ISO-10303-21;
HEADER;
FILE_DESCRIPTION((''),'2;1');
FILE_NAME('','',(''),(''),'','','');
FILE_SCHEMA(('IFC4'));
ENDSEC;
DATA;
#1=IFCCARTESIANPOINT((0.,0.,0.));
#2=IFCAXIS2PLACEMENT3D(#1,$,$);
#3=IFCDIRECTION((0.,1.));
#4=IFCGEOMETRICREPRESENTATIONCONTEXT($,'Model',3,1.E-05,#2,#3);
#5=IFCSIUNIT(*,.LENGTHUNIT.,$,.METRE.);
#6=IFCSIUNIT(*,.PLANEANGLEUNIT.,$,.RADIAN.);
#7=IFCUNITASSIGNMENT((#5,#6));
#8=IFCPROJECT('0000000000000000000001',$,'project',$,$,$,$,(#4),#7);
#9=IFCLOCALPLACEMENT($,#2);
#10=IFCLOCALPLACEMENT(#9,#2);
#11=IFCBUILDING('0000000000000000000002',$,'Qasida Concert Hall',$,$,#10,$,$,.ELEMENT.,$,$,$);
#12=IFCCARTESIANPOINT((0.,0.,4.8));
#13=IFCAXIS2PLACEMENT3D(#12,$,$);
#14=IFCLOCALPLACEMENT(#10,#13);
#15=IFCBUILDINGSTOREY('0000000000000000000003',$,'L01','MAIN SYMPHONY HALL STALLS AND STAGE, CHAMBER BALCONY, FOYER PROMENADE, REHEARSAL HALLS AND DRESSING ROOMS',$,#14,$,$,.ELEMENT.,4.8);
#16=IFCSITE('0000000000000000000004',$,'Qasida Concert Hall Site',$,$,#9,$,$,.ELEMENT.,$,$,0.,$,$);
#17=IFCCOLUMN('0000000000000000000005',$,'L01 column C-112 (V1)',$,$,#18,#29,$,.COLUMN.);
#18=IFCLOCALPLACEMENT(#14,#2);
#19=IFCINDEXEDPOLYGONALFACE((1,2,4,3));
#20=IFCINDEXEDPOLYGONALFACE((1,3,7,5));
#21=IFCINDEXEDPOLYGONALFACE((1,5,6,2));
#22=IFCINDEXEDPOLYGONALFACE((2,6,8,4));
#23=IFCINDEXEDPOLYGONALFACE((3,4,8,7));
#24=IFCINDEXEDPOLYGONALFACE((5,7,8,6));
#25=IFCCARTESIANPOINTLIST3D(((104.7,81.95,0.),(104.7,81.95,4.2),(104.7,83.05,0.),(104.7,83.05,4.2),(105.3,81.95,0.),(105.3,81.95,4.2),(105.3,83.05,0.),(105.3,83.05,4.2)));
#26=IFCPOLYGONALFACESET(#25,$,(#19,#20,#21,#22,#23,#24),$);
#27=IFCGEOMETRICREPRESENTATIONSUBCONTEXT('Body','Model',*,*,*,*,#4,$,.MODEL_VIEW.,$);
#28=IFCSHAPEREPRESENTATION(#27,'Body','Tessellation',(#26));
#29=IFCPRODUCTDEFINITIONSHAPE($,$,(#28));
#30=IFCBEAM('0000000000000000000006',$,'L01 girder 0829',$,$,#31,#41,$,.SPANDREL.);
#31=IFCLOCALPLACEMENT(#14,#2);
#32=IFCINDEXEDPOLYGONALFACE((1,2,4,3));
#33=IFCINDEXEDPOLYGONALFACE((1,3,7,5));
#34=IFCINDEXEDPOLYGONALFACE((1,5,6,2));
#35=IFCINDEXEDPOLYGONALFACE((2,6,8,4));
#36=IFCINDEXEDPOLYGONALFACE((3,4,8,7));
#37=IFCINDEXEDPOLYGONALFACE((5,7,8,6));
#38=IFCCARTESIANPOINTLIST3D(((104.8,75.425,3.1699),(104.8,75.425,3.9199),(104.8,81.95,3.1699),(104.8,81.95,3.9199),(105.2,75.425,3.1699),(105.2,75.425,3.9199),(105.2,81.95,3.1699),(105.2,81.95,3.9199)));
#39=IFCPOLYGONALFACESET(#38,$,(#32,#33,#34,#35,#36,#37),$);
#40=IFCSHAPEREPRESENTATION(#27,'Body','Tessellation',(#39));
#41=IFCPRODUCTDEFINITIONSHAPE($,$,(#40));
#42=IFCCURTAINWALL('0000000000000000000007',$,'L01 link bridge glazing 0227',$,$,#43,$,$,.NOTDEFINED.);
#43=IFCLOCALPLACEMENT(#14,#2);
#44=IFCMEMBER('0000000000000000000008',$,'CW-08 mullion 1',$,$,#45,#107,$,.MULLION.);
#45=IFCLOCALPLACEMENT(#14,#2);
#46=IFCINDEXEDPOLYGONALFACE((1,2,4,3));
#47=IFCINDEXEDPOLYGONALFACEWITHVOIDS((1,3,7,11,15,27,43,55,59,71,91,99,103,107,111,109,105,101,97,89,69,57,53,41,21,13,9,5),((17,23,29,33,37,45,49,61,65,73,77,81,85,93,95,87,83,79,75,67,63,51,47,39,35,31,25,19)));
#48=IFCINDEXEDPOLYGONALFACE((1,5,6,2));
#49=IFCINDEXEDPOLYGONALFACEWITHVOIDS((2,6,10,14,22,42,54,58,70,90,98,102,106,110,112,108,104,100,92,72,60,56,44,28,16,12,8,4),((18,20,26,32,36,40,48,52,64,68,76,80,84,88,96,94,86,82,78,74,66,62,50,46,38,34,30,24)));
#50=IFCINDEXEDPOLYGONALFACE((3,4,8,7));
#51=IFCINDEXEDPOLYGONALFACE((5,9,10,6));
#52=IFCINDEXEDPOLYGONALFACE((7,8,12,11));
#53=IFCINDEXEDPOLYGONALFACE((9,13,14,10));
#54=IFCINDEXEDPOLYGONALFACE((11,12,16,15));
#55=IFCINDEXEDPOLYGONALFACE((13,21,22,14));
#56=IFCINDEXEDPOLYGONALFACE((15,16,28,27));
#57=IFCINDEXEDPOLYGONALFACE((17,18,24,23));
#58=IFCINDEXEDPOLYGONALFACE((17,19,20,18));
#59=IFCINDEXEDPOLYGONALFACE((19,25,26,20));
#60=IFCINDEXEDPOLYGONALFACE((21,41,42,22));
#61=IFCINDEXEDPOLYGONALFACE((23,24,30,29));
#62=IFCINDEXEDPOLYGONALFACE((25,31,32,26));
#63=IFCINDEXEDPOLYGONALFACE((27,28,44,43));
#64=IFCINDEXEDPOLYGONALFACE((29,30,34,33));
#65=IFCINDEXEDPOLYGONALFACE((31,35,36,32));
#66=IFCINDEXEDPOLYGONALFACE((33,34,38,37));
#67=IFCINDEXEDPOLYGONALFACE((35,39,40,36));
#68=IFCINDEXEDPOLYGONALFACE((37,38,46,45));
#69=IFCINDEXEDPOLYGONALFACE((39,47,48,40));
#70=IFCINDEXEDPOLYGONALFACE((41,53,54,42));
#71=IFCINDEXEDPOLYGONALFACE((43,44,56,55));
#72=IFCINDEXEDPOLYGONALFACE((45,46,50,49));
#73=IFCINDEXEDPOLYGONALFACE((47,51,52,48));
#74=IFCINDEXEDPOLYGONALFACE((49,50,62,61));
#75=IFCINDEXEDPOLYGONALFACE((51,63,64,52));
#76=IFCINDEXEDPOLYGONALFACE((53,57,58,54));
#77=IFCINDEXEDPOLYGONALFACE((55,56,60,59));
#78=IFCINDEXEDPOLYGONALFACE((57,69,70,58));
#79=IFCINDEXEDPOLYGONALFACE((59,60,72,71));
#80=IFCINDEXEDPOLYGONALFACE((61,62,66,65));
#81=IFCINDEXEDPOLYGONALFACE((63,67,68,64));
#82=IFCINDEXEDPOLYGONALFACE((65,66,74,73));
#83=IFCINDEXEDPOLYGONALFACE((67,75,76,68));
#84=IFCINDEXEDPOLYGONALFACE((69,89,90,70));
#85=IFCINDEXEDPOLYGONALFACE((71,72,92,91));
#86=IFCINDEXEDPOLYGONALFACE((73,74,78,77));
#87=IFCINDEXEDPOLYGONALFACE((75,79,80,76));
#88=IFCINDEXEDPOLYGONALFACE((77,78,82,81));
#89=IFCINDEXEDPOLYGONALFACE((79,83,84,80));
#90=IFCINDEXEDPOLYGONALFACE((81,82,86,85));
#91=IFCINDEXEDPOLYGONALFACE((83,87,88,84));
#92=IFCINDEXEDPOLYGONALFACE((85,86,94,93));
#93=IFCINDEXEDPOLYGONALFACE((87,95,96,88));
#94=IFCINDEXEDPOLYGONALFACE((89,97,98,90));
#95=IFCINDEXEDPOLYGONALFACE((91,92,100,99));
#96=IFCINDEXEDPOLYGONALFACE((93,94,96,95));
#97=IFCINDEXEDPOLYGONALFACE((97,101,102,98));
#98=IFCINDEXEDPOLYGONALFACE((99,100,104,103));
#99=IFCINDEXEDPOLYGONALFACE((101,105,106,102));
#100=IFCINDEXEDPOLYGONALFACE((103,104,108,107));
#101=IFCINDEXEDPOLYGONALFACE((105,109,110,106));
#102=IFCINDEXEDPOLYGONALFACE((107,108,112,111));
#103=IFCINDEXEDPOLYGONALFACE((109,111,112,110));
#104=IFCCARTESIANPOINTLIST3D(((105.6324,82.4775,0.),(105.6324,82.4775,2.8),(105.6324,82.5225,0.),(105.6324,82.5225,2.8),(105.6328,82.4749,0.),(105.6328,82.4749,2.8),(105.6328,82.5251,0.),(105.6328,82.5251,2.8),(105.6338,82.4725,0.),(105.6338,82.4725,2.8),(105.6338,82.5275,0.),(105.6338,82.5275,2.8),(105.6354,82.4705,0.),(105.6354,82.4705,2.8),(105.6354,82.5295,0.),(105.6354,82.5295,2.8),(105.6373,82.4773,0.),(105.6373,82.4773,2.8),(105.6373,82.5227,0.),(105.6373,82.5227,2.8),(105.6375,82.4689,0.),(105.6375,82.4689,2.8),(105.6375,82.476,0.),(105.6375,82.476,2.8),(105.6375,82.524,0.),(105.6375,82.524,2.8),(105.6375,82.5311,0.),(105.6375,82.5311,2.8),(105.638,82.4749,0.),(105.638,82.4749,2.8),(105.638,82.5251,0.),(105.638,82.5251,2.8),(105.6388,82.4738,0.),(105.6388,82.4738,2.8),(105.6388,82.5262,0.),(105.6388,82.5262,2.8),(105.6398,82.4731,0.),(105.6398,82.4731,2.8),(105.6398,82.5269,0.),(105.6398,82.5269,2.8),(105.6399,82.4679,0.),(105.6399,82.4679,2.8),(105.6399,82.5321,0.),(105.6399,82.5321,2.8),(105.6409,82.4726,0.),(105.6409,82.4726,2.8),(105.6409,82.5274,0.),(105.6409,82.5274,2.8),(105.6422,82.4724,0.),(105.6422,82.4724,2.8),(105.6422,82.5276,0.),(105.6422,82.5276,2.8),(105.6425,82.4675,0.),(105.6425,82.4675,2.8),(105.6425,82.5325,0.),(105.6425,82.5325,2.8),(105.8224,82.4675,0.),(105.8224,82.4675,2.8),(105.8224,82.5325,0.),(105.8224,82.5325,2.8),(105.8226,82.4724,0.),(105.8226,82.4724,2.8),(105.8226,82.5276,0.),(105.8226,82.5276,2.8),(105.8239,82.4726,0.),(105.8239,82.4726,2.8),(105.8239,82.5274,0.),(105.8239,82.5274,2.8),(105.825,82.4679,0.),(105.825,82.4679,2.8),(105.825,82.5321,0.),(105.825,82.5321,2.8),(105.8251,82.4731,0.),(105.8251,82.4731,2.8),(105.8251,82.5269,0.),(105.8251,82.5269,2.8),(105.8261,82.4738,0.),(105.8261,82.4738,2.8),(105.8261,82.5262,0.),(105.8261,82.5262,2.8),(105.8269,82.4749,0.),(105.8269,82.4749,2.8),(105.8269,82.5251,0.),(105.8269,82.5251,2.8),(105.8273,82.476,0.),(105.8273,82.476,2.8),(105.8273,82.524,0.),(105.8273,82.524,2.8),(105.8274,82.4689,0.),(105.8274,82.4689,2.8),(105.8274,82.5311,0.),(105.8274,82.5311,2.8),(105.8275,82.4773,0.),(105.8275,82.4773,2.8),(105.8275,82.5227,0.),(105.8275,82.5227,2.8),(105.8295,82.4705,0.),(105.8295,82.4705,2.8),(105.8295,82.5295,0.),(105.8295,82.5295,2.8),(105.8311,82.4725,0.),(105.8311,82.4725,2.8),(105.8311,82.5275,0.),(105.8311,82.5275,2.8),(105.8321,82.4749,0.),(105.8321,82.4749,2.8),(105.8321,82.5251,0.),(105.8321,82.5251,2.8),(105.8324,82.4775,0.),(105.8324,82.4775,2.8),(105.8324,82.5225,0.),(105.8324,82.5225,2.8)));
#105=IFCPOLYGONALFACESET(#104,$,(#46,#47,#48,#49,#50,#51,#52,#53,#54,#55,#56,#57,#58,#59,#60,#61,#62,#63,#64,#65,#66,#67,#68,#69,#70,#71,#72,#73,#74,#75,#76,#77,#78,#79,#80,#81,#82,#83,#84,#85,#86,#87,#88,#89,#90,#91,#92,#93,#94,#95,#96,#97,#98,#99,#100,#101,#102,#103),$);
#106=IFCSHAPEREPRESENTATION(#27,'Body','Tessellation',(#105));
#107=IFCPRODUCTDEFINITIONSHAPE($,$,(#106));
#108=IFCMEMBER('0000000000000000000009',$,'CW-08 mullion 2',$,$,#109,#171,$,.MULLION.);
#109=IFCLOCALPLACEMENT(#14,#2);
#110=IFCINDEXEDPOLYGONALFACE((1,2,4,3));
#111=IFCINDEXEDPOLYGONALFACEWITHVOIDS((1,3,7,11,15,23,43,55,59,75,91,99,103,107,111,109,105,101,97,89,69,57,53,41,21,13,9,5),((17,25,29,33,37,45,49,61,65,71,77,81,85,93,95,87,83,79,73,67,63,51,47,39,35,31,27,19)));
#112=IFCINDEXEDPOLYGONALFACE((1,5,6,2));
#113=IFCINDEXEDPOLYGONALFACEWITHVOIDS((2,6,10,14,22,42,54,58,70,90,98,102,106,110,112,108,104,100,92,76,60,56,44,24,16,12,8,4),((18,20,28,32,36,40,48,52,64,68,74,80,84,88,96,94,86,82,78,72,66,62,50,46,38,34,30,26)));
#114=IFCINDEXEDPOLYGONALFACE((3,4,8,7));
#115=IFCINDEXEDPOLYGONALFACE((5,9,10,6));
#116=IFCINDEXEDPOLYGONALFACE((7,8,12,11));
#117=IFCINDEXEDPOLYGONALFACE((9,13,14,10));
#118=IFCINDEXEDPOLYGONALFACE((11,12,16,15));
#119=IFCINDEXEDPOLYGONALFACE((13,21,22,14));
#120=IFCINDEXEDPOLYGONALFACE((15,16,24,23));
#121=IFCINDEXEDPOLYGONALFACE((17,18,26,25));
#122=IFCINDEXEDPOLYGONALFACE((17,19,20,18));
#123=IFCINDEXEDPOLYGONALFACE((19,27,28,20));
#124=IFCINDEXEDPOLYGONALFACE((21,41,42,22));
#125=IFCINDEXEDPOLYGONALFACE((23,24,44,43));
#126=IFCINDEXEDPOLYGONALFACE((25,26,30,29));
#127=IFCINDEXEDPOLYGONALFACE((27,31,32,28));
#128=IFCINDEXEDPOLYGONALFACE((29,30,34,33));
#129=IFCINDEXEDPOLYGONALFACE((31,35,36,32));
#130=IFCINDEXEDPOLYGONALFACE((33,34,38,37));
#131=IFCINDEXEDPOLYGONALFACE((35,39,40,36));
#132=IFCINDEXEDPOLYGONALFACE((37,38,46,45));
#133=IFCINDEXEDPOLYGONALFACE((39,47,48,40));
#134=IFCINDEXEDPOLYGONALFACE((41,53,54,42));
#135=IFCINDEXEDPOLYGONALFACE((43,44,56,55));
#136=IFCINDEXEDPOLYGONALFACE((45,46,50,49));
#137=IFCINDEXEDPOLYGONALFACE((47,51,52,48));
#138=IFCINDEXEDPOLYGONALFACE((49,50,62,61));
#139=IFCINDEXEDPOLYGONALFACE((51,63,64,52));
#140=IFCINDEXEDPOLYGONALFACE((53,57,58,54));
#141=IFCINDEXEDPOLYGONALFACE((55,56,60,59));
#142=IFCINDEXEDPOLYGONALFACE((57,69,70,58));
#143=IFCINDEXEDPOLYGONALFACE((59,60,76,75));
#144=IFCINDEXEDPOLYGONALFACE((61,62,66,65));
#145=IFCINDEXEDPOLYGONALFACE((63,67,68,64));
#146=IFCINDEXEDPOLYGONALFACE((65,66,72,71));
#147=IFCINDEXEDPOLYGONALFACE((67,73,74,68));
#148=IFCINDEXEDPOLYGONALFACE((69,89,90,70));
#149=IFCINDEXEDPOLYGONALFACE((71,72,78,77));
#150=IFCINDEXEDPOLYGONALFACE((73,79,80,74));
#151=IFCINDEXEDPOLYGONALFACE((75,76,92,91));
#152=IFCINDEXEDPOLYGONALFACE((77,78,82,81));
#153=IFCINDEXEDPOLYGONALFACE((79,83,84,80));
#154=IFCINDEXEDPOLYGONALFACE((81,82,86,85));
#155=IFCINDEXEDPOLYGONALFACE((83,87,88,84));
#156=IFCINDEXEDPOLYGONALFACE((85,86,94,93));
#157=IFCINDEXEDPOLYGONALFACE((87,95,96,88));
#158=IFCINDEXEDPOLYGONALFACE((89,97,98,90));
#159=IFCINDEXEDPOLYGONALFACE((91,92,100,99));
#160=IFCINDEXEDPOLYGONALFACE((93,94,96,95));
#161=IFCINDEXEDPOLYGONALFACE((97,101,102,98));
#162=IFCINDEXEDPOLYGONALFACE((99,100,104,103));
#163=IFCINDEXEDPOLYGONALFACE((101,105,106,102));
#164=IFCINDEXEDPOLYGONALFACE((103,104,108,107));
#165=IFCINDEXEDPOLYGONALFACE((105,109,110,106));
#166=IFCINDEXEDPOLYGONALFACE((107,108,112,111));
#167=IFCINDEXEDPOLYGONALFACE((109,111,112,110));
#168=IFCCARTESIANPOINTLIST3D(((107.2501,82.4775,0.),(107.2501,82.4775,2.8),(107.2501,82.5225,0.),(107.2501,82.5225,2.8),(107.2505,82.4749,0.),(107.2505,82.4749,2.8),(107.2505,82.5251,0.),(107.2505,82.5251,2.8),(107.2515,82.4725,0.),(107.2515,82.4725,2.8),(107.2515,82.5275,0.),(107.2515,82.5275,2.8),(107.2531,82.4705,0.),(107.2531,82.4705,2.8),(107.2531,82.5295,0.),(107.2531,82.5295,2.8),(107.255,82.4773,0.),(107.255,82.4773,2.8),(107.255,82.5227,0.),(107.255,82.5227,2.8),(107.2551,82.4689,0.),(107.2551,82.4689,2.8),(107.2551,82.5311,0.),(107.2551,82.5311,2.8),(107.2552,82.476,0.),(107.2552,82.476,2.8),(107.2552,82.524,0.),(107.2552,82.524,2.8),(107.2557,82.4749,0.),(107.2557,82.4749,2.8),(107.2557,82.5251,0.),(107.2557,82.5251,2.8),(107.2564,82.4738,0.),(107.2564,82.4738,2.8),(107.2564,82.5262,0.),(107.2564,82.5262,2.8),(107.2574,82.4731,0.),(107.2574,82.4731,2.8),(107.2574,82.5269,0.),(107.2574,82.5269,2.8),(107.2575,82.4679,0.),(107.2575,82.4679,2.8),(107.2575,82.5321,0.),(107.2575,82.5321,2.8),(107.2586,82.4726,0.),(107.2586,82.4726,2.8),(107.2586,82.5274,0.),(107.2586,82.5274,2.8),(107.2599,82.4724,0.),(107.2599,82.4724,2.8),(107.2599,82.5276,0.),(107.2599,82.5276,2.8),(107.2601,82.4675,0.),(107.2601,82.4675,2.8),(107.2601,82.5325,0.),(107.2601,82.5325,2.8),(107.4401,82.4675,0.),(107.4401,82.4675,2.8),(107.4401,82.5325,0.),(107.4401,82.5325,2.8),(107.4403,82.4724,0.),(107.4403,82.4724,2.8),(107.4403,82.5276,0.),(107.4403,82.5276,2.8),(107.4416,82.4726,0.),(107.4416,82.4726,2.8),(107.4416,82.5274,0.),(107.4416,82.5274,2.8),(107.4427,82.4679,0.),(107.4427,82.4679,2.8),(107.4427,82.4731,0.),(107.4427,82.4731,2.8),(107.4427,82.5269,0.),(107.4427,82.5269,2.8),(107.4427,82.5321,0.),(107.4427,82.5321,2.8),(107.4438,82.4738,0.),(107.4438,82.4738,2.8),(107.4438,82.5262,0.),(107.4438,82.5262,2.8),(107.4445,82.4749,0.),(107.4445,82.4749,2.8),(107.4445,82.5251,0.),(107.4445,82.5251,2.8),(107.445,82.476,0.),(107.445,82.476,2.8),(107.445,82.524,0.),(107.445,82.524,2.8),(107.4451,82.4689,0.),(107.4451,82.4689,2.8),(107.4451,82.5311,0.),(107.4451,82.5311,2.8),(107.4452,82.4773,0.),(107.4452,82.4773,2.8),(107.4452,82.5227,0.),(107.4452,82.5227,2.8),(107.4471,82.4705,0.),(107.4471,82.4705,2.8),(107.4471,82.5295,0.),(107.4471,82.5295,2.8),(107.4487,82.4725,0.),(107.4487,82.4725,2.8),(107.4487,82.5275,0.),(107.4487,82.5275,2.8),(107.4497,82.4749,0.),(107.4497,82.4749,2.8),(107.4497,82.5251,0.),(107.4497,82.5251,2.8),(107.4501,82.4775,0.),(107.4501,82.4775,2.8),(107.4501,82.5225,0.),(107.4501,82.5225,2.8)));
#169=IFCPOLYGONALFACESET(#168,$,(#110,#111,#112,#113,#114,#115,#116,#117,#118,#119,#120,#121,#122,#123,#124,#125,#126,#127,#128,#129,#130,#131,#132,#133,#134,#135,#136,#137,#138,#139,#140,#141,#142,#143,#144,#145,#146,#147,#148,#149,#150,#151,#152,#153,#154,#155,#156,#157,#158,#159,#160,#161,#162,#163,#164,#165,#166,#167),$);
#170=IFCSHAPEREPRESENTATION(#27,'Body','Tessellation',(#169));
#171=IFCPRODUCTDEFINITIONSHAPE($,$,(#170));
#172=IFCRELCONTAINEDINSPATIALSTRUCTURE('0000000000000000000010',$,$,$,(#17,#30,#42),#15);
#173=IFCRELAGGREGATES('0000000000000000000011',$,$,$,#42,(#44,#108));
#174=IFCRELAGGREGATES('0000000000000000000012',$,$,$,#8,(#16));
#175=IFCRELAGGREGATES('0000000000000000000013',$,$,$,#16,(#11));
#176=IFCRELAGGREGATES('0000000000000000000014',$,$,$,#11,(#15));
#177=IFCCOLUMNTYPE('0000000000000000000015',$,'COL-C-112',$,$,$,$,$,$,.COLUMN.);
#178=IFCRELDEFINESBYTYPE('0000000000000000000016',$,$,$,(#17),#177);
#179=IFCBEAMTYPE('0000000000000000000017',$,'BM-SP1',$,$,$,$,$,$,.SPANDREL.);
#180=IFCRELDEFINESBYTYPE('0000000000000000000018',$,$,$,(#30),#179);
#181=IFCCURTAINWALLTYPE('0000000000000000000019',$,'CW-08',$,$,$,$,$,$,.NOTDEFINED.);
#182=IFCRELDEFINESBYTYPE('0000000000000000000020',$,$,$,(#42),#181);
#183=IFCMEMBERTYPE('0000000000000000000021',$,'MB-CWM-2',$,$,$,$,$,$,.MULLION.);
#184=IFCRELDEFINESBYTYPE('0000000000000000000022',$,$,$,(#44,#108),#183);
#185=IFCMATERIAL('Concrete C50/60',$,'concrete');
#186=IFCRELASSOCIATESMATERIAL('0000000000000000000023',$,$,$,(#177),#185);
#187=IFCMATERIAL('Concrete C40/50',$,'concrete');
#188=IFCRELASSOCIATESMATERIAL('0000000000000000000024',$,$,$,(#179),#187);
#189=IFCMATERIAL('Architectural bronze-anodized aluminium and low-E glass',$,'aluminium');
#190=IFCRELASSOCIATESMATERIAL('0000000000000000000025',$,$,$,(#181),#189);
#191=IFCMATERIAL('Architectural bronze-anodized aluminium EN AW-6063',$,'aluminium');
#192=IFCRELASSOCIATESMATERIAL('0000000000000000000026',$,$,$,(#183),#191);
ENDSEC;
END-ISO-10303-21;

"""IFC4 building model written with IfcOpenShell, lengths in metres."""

from ifc_helpers import new_model, si_unit, direction, frame, origin, origin_2d, place, context, subcontext, project, spatial, rectangle, hollow_rectangle, extrude, material, material_profile, profile_set, type_object, element, aggregate, save


model = new_model("IFC4")

# Units and contexts
model_context = context("Model", 3, precision=1e-05, world=origin(), true_north=direction((0.0, 1.0)))
body_context = subcontext(model_context, "Body", "Model", "MODEL_VIEW")
ifc_project = project(units=[si_unit("LENGTHUNIT", "METRE"), si_unit("PLANEANGLEUNIT", "RADIAN")], contexts=[model_context])

# Site, building, storey
site_placement = place(None, origin())
site = spatial("IfcSite", under=ifc_project, at=site_placement, Name="Qasida Concert Hall Site", CompositionType="ELEMENT", RefElevation=0.0)
building_placement = place(site_placement, origin())
building = spatial("IfcBuilding", under=site, at=building_placement, Name="Qasida Concert Hall", CompositionType="ELEMENT")
storey_placement = place(building_placement, frame((0.0, 0.0, 4.8)))
storey = spatial("IfcBuildingStorey", under=building, at=storey_placement, Name="L01", Description="MAIN SYMPHONY HALL STALLS AND STAGE, CHAMBER BALCONY, FOYER PROMENADE, REHEARSAL HALLS AND DRESSING ROOMS", CompositionType="ELEMENT", Elevation=4.8)

# Column
ifc_material_1 = material(Name="Concrete C50/60", Category="concrete")
ifc_material_profile_1 = material_profile(ifc_material_1, rectangle(XDim=0.6001, YDim=1.1001, at=origin_2d()), Name="RC 600x1100")
ifc_profile_set_1 = profile_set([ifc_material_profile_1], Name="Concrete C50/60")
column_type = type_object("IfcColumnType", Name="COL-C-112", PredefinedType="COLUMN", material=ifc_profile_set_1)
column_placement = place(storey_placement, frame((105.0, 82.5, 0.0), z_axis=(0.0, 0.0, 1.0), x_axis=(1.0, 0.0, 0.0)))
element("IfcColumn", 1, at=column_placement, inside=storey, type_object=column_type, Name="L01 column C-112 (V1)", PredefinedType="COLUMN", context=body_context, shape_type="SweptSolid", body=[
    extrude(rectangle(XDim=0.6001, YDim=1.1001, at=origin_2d()), origin(), (0.0, 0.0, 1.0), 4.2),
])

# Beam
ifc_material_2 = material(Name="Concrete C40/50", Category="concrete")
ifc_material_profile_2 = material_profile(ifc_material_2, rectangle(XDim=0.3999, YDim=0.75, at=origin_2d()), Name="RC 400x750")
ifc_profile_set_2 = profile_set([ifc_material_profile_2], Name="Concrete C40/50")
beam_type = type_object("IfcBeamType", Name="BM-SP1", PredefinedType="SPANDREL", material=ifc_profile_set_2)
beam_placement = place(storey_placement, frame((105.0, 75.425, 3.5449), z_axis=(0.0, 1.0, 0.0), x_axis=(-1.0, 0.0, 0.0)))
element("IfcBeam", 2, at=beam_placement, inside=storey, type_object=beam_type, Name="L01 girder 0829", PredefinedType="SPANDREL", context=body_context, shape_type="SweptSolid", body=[
    extrude(rectangle(XDim=0.3999, YDim=0.75, at=origin_2d()), origin(), (0.0, 0.0, 1.0), 6.5249),
])

# Curtain wall, members
ifc_material_3 = material(Name="Architectural bronze-anodized aluminium and low-E glass", Category="aluminium")
curtain_wall_type = type_object("IfcCurtainWallType", Name="CW-08", PredefinedType="NOTDEFINED", material=ifc_material_3)
curtain_wall_placement = place(storey_placement, origin())
curtain_wall = element("IfcCurtainWall", 3, at=curtain_wall_placement, inside=storey, type_object=curtain_wall_type, Name="L01 link bridge glazing 0227", PredefinedType="NOTDEFINED")
ifc_material_4 = material(Name="Architectural bronze-anodized aluminium EN AW-6063", Category="aluminium")
ifc_material_profile_3 = material_profile(ifc_material_4, hollow_rectangle(XDim=0.0649, YDim=0.2, WallThickness=0.0049, InnerFilletRadius=0.0049, OuterFilletRadius=0.01, at=origin_2d()), Name="CWM 200x65x5")
ifc_profile_set_3 = profile_set([ifc_material_profile_3], Name="Architectural bronze-anodized aluminium EN AW-6063")
member_type_1 = type_object("IfcMemberType", Name="MB-CWM-2", PredefinedType="MULLION", material=ifc_profile_set_3)
member_1_placement = place(storey_placement, frame((105.7324, 82.5, 0.0), z_axis=(0.0, 0.0, 1.0), x_axis=(0.0, 1.0, 0.0)))
member_1 = element("IfcMember", 4, at=member_1_placement, type_object=member_type_1, Name="CW-08 mullion 1", PredefinedType="MULLION", context=body_context, shape_type="SweptSolid", body=[
    extrude(hollow_rectangle(XDim=0.0649, YDim=0.2, WallThickness=0.0049, InnerFilletRadius=0.0049, OuterFilletRadius=0.01, at=origin_2d()), origin(), (0.0, 0.0, 1.0), 2.8),
])
member_2_placement = place(storey_placement, frame((107.3501, 82.5, 0.0), z_axis=(0.0, 0.0, 1.0), x_axis=(0.0, 1.0, 0.0)))
member_2 = element("IfcMember", 5, at=member_2_placement, type_object=member_type_1, Name="CW-08 mullion 2", PredefinedType="MULLION", context=body_context, shape_type="SweptSolid", body=[
    extrude(hollow_rectangle(XDim=0.0649, YDim=0.2, WallThickness=0.0049, InnerFilletRadius=0.0049, OuterFilletRadius=0.01, at=origin_2d()), origin(), (0.0, 0.0, 1.0), 2.8),
])
aggregate(curtain_wall, [member_1, member_2])

save(model, "model.ifc")
